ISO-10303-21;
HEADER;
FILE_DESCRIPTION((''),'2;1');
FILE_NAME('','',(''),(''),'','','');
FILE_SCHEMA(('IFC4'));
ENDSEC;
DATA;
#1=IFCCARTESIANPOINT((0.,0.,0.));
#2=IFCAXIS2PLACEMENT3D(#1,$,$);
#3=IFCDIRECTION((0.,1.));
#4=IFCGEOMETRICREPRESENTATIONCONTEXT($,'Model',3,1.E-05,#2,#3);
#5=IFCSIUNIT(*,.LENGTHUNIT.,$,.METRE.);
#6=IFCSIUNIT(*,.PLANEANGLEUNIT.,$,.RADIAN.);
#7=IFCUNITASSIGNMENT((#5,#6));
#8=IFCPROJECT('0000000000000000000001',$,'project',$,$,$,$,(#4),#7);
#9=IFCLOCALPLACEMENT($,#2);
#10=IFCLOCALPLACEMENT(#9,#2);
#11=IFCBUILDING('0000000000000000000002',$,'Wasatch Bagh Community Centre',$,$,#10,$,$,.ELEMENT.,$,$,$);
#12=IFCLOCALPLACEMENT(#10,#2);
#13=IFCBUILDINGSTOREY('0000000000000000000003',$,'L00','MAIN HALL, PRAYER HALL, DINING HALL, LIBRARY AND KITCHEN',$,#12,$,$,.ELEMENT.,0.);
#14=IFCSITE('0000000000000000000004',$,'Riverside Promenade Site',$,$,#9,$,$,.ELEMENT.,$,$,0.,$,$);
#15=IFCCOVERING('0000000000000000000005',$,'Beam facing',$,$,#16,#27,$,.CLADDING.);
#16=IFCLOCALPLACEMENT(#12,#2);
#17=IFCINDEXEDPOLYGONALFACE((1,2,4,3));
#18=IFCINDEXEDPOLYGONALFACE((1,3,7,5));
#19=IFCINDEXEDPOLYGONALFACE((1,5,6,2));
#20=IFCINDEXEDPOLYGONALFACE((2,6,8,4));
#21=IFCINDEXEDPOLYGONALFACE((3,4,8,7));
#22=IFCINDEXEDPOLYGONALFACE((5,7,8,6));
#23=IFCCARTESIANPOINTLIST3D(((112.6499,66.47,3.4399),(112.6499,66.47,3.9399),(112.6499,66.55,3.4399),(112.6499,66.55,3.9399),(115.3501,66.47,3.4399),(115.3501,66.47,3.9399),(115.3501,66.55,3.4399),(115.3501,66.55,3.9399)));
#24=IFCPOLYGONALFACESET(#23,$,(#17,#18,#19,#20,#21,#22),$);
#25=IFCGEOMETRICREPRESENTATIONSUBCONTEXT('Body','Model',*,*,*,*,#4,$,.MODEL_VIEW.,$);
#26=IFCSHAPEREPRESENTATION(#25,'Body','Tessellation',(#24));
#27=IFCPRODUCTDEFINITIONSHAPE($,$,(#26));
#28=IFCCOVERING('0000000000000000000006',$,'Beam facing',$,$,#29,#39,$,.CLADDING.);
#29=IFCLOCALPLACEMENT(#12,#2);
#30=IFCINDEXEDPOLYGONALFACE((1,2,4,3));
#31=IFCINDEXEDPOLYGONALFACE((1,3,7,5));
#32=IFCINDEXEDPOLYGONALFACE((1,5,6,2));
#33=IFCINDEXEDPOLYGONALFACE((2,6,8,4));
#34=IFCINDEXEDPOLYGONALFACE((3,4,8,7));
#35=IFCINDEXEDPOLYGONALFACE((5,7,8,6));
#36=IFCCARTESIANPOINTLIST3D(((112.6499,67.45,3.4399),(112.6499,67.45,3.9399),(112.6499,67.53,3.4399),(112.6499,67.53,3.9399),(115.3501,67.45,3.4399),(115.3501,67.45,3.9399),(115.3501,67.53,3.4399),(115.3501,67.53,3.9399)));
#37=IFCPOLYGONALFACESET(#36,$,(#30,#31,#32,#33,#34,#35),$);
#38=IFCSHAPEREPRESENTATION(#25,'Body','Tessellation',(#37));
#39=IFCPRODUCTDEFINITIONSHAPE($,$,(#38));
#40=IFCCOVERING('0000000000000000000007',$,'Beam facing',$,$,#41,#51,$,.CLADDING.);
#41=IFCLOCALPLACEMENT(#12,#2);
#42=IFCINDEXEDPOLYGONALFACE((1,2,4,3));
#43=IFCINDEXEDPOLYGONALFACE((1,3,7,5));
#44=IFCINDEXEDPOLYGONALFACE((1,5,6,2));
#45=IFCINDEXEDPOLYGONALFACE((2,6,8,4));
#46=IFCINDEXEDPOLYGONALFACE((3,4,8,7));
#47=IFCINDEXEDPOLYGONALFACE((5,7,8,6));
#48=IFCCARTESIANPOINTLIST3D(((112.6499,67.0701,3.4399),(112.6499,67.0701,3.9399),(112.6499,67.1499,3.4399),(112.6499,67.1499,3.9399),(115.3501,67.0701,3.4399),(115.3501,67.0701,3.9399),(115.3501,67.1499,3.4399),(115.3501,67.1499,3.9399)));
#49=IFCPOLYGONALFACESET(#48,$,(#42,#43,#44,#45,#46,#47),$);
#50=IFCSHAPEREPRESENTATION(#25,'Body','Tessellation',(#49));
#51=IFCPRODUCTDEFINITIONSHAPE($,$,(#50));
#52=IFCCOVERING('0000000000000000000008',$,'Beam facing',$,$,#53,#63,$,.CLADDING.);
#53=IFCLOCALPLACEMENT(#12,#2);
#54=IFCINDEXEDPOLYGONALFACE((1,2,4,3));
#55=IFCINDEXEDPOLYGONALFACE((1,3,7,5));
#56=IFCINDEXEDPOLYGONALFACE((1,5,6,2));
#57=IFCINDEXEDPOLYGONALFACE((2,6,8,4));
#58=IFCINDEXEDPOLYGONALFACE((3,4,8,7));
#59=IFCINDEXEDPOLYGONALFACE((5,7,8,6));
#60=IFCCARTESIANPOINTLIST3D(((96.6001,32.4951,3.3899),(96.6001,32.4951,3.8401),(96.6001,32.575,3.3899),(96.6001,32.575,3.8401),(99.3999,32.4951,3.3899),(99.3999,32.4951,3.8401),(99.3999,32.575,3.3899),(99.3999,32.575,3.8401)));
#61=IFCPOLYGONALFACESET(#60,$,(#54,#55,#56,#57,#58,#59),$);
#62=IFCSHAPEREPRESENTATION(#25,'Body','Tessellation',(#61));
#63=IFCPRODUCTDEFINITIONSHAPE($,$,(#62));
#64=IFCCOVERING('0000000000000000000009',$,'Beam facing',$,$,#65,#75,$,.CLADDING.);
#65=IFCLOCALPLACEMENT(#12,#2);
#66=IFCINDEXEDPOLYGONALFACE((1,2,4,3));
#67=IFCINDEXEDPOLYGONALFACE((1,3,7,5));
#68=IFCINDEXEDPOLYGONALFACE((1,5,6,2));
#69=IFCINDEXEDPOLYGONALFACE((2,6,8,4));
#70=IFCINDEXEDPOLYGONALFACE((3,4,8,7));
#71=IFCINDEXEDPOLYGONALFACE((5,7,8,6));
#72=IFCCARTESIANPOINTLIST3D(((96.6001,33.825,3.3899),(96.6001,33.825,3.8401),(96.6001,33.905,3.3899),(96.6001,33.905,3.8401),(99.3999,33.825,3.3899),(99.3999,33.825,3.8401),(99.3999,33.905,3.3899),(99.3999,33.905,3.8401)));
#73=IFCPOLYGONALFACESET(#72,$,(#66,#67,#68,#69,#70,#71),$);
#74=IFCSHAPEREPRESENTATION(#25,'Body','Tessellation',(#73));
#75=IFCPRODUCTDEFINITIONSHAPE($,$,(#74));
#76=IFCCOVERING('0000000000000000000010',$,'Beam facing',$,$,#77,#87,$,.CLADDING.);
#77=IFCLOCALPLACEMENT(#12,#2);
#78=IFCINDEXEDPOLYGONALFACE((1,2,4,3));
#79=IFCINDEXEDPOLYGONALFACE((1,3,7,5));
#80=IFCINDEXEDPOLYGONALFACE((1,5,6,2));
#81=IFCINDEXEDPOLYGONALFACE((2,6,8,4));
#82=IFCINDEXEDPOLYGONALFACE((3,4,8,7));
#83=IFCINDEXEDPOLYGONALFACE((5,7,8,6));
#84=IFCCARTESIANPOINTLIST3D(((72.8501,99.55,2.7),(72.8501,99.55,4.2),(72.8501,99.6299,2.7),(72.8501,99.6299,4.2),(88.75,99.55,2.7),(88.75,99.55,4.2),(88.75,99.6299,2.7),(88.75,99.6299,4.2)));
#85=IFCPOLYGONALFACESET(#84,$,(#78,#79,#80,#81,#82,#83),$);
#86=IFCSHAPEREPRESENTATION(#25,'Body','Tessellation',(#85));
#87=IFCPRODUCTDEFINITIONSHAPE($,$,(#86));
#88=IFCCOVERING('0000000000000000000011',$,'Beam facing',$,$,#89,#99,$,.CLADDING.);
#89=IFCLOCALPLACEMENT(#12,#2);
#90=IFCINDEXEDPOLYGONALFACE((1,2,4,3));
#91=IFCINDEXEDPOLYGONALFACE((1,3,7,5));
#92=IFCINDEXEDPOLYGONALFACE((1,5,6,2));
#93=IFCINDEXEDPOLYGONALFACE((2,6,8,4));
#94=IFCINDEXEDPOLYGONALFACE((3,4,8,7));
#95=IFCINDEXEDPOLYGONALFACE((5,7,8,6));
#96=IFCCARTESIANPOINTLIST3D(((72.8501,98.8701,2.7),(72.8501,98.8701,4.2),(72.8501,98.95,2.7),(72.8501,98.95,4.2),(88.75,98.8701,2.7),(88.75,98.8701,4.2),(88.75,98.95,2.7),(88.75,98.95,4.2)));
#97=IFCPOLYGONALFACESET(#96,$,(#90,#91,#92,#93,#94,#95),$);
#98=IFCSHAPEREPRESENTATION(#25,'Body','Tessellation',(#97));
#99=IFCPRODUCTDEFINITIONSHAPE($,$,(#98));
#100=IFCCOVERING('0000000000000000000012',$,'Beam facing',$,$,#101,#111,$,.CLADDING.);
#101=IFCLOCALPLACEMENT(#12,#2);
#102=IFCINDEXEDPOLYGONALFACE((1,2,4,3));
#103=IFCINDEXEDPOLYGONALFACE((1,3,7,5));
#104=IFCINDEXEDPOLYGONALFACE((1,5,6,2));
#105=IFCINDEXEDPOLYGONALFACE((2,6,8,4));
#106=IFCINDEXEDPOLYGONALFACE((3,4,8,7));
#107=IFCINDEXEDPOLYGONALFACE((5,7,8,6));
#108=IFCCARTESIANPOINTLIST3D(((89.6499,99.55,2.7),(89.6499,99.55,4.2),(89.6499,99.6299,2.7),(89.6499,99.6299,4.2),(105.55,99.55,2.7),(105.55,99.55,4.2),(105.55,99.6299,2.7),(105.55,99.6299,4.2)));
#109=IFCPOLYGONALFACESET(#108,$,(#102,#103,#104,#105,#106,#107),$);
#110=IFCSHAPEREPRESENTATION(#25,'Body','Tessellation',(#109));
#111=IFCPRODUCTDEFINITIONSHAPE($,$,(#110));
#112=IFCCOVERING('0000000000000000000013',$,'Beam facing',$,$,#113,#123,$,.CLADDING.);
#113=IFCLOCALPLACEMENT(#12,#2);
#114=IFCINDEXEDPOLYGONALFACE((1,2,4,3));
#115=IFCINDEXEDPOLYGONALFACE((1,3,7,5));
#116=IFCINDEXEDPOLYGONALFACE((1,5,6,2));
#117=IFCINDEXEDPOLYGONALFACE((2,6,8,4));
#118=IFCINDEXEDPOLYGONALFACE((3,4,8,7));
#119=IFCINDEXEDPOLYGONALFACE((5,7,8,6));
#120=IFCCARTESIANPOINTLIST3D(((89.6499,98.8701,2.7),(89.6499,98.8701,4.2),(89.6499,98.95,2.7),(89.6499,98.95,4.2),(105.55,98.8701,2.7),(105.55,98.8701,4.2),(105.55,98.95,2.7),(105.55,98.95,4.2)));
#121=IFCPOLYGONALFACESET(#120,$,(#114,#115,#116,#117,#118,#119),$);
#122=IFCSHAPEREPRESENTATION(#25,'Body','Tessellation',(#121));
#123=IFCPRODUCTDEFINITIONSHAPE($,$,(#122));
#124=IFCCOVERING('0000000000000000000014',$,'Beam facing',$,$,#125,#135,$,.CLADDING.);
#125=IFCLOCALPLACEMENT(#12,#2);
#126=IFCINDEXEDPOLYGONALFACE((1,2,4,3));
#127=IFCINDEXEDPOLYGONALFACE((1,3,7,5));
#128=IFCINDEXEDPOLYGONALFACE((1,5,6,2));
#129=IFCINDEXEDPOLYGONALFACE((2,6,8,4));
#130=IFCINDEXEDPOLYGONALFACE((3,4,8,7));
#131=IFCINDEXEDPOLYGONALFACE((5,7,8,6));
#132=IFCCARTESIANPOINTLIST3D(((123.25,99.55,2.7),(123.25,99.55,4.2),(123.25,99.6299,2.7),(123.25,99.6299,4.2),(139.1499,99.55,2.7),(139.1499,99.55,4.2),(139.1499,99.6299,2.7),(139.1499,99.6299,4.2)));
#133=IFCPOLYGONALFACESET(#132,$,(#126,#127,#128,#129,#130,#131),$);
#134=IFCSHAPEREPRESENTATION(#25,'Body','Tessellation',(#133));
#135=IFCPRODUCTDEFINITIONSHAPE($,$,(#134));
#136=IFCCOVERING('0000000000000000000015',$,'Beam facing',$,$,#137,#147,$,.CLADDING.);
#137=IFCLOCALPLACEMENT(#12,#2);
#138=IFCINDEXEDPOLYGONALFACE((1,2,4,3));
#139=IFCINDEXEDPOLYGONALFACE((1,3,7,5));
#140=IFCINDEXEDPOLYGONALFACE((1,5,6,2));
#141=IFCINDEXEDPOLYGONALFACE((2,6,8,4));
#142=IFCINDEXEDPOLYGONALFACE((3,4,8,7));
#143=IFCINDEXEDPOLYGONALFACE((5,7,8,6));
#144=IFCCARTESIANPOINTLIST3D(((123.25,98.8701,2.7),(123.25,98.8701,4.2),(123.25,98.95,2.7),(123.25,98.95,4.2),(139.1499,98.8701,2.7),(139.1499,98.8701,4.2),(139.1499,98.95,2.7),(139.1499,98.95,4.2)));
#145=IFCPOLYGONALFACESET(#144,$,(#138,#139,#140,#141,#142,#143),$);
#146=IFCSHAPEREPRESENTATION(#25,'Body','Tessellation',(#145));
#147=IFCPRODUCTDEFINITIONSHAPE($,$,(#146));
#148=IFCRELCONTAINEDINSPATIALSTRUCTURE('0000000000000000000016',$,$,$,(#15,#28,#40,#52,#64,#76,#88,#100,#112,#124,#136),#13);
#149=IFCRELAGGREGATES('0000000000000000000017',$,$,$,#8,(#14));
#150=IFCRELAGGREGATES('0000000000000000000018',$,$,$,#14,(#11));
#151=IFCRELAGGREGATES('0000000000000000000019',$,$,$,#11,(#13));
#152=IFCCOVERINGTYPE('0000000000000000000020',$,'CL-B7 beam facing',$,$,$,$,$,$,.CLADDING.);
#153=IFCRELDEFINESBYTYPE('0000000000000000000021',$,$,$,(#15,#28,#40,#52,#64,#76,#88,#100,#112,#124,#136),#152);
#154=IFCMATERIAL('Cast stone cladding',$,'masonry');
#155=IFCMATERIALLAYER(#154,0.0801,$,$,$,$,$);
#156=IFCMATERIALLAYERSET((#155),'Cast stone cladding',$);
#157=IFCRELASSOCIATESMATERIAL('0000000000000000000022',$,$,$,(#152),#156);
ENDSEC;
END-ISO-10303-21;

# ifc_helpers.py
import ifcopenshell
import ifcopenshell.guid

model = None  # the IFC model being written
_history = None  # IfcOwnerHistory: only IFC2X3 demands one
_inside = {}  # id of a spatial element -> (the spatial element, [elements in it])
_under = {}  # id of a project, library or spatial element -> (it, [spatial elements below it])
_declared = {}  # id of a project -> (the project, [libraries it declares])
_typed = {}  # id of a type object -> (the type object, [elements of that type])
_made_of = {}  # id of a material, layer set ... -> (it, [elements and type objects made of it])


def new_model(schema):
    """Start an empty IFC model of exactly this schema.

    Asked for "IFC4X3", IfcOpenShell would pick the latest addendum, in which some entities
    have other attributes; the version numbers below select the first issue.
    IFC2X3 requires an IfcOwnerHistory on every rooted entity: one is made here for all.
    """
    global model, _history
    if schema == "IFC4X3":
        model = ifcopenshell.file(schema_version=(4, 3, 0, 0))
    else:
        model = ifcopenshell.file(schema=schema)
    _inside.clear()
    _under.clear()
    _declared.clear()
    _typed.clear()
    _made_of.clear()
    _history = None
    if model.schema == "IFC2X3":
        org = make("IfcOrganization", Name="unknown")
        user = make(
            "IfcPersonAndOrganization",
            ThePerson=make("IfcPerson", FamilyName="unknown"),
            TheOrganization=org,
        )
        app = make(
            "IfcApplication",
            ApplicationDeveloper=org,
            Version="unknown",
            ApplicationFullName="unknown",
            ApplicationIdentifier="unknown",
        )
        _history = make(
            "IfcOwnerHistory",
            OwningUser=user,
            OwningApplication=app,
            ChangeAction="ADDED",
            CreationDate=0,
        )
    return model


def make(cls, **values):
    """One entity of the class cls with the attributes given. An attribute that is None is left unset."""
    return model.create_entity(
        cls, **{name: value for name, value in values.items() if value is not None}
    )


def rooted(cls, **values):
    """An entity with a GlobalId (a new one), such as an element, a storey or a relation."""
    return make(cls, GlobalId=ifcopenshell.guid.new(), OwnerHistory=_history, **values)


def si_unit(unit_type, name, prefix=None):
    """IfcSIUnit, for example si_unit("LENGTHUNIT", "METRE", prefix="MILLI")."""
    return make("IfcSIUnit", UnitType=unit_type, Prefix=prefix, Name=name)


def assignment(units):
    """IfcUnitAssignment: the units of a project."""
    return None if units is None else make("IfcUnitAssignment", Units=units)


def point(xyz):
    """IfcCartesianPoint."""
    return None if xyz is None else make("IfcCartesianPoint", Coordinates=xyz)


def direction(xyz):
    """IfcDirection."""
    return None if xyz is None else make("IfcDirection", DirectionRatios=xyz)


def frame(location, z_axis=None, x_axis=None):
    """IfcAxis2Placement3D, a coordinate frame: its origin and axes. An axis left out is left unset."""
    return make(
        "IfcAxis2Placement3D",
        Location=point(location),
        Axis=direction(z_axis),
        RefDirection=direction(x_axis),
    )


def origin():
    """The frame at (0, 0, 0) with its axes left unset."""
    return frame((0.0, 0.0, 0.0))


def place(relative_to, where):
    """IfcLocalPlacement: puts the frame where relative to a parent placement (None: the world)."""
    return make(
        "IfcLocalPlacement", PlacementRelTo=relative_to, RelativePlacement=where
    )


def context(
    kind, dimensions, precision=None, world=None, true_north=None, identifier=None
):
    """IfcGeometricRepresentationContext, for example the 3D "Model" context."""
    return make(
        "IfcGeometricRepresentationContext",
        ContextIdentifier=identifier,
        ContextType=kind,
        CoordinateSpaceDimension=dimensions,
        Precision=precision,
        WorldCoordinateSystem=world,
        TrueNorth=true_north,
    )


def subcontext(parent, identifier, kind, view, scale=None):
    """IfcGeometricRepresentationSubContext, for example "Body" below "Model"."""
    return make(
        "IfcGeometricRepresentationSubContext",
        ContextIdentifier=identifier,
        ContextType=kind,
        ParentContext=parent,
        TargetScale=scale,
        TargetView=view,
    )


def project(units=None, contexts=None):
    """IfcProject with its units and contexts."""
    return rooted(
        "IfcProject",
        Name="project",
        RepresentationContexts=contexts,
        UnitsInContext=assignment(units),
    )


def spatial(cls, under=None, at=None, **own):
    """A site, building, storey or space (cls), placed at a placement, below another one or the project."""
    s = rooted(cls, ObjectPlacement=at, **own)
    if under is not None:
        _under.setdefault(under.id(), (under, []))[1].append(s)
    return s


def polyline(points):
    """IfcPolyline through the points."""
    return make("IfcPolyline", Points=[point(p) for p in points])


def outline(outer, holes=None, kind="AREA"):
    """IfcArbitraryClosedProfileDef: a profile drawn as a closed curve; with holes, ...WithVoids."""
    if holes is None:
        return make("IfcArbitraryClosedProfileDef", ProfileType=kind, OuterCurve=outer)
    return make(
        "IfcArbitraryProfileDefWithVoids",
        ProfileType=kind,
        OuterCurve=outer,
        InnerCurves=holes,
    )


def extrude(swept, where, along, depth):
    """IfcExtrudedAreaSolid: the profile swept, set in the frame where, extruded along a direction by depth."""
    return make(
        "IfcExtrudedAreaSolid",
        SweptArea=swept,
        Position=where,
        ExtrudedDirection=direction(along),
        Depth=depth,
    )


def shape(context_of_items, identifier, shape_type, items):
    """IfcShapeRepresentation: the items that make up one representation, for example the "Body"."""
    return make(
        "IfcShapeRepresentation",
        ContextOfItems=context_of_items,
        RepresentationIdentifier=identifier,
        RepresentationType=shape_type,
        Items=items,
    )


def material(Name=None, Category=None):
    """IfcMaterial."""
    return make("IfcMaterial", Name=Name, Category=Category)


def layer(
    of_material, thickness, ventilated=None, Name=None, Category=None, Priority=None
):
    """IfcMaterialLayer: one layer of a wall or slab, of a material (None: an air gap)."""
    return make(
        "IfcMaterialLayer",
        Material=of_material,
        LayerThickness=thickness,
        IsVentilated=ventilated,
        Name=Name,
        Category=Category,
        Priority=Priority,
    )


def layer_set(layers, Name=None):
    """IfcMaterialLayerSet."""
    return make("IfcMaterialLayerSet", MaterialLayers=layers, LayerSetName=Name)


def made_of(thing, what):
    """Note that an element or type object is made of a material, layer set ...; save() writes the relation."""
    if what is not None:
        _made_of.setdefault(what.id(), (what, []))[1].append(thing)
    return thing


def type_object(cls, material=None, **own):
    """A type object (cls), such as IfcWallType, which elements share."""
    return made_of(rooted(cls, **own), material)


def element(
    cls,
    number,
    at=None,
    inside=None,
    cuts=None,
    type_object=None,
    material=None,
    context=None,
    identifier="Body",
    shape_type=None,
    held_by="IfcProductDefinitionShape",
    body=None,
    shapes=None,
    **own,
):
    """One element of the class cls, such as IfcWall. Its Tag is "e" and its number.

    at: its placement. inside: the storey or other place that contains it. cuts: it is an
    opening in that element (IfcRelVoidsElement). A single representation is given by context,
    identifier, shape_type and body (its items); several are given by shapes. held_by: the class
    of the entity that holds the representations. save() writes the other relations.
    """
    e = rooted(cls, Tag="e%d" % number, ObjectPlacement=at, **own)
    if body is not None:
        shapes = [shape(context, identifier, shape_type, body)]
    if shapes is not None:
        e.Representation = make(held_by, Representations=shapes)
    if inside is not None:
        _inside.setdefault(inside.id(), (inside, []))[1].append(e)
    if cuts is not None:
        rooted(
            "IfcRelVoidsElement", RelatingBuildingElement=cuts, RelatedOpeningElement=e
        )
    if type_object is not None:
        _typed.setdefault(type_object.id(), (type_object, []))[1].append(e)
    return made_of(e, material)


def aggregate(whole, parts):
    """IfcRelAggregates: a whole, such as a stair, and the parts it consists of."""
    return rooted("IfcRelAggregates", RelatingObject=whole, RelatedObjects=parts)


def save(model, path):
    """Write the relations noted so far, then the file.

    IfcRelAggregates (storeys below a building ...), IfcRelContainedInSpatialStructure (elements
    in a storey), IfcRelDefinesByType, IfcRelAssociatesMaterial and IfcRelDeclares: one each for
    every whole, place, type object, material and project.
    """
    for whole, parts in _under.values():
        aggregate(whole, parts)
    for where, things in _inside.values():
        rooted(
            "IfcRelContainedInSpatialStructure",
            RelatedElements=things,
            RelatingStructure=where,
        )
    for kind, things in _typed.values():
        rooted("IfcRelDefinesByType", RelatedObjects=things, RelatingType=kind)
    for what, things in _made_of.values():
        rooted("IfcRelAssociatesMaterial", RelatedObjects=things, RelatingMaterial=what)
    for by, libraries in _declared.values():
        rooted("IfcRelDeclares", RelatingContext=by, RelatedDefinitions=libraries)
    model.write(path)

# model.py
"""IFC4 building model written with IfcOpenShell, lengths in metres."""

from ifc_helpers import new_model, si_unit, direction, frame, origin, place, context, subcontext, project, spatial, polyline, outline, extrude, material, layer, layer_set, type_object, element, save


model = new_model("IFC4")

# Units and contexts
model_context = context("Model", 3, precision=1e-05, world=origin(), true_north=direction((0.0, 1.0)))
body_context = subcontext(model_context, "Body", "Model", "MODEL_VIEW")
ifc_project = project(units=[si_unit("LENGTHUNIT", "METRE"), si_unit("PLANEANGLEUNIT", "RADIAN")], contexts=[model_context])

# Site, building, storey
site_placement = place(None, origin())
site = spatial("IfcSite", under=ifc_project, at=site_placement, Name="Riverside Promenade Site", CompositionType="ELEMENT", RefElevation=0.0)
building_placement = place(site_placement, origin())
building = spatial("IfcBuilding", under=site, at=building_placement, Name="Wasatch Bagh Community Centre", CompositionType="ELEMENT")
storey_placement = place(building_placement, origin())
storey = spatial("IfcBuildingStorey", under=building, at=storey_placement, Name="L00", Description="MAIN HALL, PRAYER HALL, DINING HALL, LIBRARY AND KITCHEN", CompositionType="ELEMENT", Elevation=0.0)

# Coverings
ifc_material_1 = material(Name="Cast stone cladding", Category="masonry")
ifc_layer_1 = layer(ifc_material_1, 0.0801)
ifc_layer_set_1 = layer_set([ifc_layer_1], Name="Cast stone cladding")
covering_type = type_object("IfcCoveringType", Name="CL-B7 beam facing", PredefinedType="CLADDING", material=ifc_layer_set_1)
covering_1_placement = place(storey_placement, frame((0.0, 0.0, 3.4399)))
element("IfcCovering", 1, at=covering_1_placement, inside=storey, type_object=covering_type, Name="Beam facing", PredefinedType="CLADDING", context=body_context, shape_type="SweptSolid", body=[
    extrude(outline(polyline([(112.6499, 66.55), (115.3501, 66.55), (115.3501, 66.47), (112.6499, 66.47), (112.6499, 66.55)])), origin(), (0.0, 0.0, 1.0), 0.5),
])
covering_2_placement = place(storey_placement, frame((0.0, 0.0, 3.4399)))
element("IfcCovering", 2, at=covering_2_placement, inside=storey, type_object=covering_type, Name="Beam facing", PredefinedType="CLADDING", context=body_context, shape_type="SweptSolid", body=[
    extrude(outline(polyline([(112.6499, 67.45), (115.3501, 67.45), (115.3501, 67.53), (112.6499, 67.53), (112.6499, 67.45)])), origin(), (0.0, 0.0, 1.0), 0.5),
])
covering_3_placement = place(storey_placement, frame((0.0, 0.0, 3.4399)))
element("IfcCovering", 3, at=covering_3_placement, inside=storey, type_object=covering_type, Name="Beam facing", PredefinedType="CLADDING", context=body_context, shape_type="SweptSolid", body=[
    extrude(outline(polyline([(112.6499, 67.1499), (115.3501, 67.1499), (115.3501, 67.0701), (112.6499, 67.0701), (112.6499, 67.1499)])), origin(), (0.0, 0.0, 1.0), 0.5),
])
covering_4_placement = place(storey_placement, frame((0.0, 0.0, 3.3899)))
element("IfcCovering", 4, at=covering_4_placement, inside=storey, type_object=covering_type, Name="Beam facing", PredefinedType="CLADDING", context=body_context, shape_type="SweptSolid", body=[
    extrude(outline(polyline([(96.6001, 32.575), (99.3999, 32.575), (99.3999, 32.4951), (96.6001, 32.4951), (96.6001, 32.575)])), origin(), (0.0, 0.0, 1.0), 0.4502),
])
covering_5_placement = place(storey_placement, frame((0.0, 0.0, 3.3899)))
element("IfcCovering", 5, at=covering_5_placement, inside=storey, type_object=covering_type, Name="Beam facing", PredefinedType="CLADDING", context=body_context, shape_type="SweptSolid", body=[
    extrude(outline(polyline([(96.6001, 33.825), (99.3999, 33.825), (99.3999, 33.905), (96.6001, 33.905), (96.6001, 33.825)])), origin(), (0.0, 0.0, 1.0), 0.4502),
])
covering_6_placement = place(storey_placement, frame((0.0, 0.0, 2.7)))
element("IfcCovering", 6, at=covering_6_placement, inside=storey, type_object=covering_type, Name="Beam facing", PredefinedType="CLADDING", context=body_context, shape_type="SweptSolid", body=[
    extrude(outline(polyline([(72.8501, 99.55), (88.75, 99.55), (88.75, 99.6299), (72.8501, 99.6299), (72.8501, 99.55)])), origin(), (0.0, 0.0, 1.0), 1.5),
])
covering_7_placement = place(storey_placement, frame((0.0, 0.0, 2.7)))
element("IfcCovering", 7, at=covering_7_placement, inside=storey, type_object=covering_type, Name="Beam facing", PredefinedType="CLADDING", context=body_context, shape_type="SweptSolid", body=[
    extrude(outline(polyline([(72.8501, 98.95), (88.75, 98.95), (88.75, 98.8701), (72.8501, 98.8701), (72.8501, 98.95)])), origin(), (0.0, 0.0, 1.0), 1.5),
])
covering_8_placement = place(storey_placement, frame((0.0, 0.0, 2.7)))
element("IfcCovering", 8, at=covering_8_placement, inside=storey, type_object=covering_type, Name="Beam facing", PredefinedType="CLADDING", context=body_context, shape_type="SweptSolid", body=[
    extrude(outline(polyline([(89.6499, 99.55), (105.55, 99.55), (105.55, 99.6299), (89.6499, 99.6299), (89.6499, 99.55)])), origin(), (0.0, 0.0, 1.0), 1.5),
])
covering_9_placement = place(storey_placement, frame((0.0, 0.0, 2.7)))
element("IfcCovering", 9, at=covering_9_placement, inside=storey, type_object=covering_type, Name="Beam facing", PredefinedType="CLADDING", context=body_context, shape_type="SweptSolid", body=[
    extrude(outline(polyline([(89.6499, 98.95), (105.55, 98.95), (105.55, 98.8701), (89.6499, 98.8701), (89.6499, 98.95)])), origin(), (0.0, 0.0, 1.0), 1.5),
])
covering_10_placement = place(storey_placement, frame((0.0, 0.0, 2.7)))
element("IfcCovering", 10, at=covering_10_placement, inside=storey, type_object=covering_type, Name="Beam facing", PredefinedType="CLADDING", context=body_context, shape_type="SweptSolid", body=[
    extrude(outline(polyline([(123.25, 99.55), (139.1499, 99.55), (139.1499, 99.6299), (123.25, 99.6299), (123.25, 99.55)])), origin(), (0.0, 0.0, 1.0), 1.5),
])
covering_11_placement = place(storey_placement, frame((0.0, 0.0, 2.7)))
element("IfcCovering", 11, at=covering_11_placement, inside=storey, type_object=covering_type, Name="Beam facing", PredefinedType="CLADDING", context=body_context, shape_type="SweptSolid", body=[
    extrude(outline(polyline([(123.25, 98.95), (139.1499, 98.95), (139.1499, 98.8701), (123.25, 98.8701), (123.25, 98.95)])), origin(), (0.0, 0.0, 1.0), 1.5),
])

save(model, "model.ifc")
